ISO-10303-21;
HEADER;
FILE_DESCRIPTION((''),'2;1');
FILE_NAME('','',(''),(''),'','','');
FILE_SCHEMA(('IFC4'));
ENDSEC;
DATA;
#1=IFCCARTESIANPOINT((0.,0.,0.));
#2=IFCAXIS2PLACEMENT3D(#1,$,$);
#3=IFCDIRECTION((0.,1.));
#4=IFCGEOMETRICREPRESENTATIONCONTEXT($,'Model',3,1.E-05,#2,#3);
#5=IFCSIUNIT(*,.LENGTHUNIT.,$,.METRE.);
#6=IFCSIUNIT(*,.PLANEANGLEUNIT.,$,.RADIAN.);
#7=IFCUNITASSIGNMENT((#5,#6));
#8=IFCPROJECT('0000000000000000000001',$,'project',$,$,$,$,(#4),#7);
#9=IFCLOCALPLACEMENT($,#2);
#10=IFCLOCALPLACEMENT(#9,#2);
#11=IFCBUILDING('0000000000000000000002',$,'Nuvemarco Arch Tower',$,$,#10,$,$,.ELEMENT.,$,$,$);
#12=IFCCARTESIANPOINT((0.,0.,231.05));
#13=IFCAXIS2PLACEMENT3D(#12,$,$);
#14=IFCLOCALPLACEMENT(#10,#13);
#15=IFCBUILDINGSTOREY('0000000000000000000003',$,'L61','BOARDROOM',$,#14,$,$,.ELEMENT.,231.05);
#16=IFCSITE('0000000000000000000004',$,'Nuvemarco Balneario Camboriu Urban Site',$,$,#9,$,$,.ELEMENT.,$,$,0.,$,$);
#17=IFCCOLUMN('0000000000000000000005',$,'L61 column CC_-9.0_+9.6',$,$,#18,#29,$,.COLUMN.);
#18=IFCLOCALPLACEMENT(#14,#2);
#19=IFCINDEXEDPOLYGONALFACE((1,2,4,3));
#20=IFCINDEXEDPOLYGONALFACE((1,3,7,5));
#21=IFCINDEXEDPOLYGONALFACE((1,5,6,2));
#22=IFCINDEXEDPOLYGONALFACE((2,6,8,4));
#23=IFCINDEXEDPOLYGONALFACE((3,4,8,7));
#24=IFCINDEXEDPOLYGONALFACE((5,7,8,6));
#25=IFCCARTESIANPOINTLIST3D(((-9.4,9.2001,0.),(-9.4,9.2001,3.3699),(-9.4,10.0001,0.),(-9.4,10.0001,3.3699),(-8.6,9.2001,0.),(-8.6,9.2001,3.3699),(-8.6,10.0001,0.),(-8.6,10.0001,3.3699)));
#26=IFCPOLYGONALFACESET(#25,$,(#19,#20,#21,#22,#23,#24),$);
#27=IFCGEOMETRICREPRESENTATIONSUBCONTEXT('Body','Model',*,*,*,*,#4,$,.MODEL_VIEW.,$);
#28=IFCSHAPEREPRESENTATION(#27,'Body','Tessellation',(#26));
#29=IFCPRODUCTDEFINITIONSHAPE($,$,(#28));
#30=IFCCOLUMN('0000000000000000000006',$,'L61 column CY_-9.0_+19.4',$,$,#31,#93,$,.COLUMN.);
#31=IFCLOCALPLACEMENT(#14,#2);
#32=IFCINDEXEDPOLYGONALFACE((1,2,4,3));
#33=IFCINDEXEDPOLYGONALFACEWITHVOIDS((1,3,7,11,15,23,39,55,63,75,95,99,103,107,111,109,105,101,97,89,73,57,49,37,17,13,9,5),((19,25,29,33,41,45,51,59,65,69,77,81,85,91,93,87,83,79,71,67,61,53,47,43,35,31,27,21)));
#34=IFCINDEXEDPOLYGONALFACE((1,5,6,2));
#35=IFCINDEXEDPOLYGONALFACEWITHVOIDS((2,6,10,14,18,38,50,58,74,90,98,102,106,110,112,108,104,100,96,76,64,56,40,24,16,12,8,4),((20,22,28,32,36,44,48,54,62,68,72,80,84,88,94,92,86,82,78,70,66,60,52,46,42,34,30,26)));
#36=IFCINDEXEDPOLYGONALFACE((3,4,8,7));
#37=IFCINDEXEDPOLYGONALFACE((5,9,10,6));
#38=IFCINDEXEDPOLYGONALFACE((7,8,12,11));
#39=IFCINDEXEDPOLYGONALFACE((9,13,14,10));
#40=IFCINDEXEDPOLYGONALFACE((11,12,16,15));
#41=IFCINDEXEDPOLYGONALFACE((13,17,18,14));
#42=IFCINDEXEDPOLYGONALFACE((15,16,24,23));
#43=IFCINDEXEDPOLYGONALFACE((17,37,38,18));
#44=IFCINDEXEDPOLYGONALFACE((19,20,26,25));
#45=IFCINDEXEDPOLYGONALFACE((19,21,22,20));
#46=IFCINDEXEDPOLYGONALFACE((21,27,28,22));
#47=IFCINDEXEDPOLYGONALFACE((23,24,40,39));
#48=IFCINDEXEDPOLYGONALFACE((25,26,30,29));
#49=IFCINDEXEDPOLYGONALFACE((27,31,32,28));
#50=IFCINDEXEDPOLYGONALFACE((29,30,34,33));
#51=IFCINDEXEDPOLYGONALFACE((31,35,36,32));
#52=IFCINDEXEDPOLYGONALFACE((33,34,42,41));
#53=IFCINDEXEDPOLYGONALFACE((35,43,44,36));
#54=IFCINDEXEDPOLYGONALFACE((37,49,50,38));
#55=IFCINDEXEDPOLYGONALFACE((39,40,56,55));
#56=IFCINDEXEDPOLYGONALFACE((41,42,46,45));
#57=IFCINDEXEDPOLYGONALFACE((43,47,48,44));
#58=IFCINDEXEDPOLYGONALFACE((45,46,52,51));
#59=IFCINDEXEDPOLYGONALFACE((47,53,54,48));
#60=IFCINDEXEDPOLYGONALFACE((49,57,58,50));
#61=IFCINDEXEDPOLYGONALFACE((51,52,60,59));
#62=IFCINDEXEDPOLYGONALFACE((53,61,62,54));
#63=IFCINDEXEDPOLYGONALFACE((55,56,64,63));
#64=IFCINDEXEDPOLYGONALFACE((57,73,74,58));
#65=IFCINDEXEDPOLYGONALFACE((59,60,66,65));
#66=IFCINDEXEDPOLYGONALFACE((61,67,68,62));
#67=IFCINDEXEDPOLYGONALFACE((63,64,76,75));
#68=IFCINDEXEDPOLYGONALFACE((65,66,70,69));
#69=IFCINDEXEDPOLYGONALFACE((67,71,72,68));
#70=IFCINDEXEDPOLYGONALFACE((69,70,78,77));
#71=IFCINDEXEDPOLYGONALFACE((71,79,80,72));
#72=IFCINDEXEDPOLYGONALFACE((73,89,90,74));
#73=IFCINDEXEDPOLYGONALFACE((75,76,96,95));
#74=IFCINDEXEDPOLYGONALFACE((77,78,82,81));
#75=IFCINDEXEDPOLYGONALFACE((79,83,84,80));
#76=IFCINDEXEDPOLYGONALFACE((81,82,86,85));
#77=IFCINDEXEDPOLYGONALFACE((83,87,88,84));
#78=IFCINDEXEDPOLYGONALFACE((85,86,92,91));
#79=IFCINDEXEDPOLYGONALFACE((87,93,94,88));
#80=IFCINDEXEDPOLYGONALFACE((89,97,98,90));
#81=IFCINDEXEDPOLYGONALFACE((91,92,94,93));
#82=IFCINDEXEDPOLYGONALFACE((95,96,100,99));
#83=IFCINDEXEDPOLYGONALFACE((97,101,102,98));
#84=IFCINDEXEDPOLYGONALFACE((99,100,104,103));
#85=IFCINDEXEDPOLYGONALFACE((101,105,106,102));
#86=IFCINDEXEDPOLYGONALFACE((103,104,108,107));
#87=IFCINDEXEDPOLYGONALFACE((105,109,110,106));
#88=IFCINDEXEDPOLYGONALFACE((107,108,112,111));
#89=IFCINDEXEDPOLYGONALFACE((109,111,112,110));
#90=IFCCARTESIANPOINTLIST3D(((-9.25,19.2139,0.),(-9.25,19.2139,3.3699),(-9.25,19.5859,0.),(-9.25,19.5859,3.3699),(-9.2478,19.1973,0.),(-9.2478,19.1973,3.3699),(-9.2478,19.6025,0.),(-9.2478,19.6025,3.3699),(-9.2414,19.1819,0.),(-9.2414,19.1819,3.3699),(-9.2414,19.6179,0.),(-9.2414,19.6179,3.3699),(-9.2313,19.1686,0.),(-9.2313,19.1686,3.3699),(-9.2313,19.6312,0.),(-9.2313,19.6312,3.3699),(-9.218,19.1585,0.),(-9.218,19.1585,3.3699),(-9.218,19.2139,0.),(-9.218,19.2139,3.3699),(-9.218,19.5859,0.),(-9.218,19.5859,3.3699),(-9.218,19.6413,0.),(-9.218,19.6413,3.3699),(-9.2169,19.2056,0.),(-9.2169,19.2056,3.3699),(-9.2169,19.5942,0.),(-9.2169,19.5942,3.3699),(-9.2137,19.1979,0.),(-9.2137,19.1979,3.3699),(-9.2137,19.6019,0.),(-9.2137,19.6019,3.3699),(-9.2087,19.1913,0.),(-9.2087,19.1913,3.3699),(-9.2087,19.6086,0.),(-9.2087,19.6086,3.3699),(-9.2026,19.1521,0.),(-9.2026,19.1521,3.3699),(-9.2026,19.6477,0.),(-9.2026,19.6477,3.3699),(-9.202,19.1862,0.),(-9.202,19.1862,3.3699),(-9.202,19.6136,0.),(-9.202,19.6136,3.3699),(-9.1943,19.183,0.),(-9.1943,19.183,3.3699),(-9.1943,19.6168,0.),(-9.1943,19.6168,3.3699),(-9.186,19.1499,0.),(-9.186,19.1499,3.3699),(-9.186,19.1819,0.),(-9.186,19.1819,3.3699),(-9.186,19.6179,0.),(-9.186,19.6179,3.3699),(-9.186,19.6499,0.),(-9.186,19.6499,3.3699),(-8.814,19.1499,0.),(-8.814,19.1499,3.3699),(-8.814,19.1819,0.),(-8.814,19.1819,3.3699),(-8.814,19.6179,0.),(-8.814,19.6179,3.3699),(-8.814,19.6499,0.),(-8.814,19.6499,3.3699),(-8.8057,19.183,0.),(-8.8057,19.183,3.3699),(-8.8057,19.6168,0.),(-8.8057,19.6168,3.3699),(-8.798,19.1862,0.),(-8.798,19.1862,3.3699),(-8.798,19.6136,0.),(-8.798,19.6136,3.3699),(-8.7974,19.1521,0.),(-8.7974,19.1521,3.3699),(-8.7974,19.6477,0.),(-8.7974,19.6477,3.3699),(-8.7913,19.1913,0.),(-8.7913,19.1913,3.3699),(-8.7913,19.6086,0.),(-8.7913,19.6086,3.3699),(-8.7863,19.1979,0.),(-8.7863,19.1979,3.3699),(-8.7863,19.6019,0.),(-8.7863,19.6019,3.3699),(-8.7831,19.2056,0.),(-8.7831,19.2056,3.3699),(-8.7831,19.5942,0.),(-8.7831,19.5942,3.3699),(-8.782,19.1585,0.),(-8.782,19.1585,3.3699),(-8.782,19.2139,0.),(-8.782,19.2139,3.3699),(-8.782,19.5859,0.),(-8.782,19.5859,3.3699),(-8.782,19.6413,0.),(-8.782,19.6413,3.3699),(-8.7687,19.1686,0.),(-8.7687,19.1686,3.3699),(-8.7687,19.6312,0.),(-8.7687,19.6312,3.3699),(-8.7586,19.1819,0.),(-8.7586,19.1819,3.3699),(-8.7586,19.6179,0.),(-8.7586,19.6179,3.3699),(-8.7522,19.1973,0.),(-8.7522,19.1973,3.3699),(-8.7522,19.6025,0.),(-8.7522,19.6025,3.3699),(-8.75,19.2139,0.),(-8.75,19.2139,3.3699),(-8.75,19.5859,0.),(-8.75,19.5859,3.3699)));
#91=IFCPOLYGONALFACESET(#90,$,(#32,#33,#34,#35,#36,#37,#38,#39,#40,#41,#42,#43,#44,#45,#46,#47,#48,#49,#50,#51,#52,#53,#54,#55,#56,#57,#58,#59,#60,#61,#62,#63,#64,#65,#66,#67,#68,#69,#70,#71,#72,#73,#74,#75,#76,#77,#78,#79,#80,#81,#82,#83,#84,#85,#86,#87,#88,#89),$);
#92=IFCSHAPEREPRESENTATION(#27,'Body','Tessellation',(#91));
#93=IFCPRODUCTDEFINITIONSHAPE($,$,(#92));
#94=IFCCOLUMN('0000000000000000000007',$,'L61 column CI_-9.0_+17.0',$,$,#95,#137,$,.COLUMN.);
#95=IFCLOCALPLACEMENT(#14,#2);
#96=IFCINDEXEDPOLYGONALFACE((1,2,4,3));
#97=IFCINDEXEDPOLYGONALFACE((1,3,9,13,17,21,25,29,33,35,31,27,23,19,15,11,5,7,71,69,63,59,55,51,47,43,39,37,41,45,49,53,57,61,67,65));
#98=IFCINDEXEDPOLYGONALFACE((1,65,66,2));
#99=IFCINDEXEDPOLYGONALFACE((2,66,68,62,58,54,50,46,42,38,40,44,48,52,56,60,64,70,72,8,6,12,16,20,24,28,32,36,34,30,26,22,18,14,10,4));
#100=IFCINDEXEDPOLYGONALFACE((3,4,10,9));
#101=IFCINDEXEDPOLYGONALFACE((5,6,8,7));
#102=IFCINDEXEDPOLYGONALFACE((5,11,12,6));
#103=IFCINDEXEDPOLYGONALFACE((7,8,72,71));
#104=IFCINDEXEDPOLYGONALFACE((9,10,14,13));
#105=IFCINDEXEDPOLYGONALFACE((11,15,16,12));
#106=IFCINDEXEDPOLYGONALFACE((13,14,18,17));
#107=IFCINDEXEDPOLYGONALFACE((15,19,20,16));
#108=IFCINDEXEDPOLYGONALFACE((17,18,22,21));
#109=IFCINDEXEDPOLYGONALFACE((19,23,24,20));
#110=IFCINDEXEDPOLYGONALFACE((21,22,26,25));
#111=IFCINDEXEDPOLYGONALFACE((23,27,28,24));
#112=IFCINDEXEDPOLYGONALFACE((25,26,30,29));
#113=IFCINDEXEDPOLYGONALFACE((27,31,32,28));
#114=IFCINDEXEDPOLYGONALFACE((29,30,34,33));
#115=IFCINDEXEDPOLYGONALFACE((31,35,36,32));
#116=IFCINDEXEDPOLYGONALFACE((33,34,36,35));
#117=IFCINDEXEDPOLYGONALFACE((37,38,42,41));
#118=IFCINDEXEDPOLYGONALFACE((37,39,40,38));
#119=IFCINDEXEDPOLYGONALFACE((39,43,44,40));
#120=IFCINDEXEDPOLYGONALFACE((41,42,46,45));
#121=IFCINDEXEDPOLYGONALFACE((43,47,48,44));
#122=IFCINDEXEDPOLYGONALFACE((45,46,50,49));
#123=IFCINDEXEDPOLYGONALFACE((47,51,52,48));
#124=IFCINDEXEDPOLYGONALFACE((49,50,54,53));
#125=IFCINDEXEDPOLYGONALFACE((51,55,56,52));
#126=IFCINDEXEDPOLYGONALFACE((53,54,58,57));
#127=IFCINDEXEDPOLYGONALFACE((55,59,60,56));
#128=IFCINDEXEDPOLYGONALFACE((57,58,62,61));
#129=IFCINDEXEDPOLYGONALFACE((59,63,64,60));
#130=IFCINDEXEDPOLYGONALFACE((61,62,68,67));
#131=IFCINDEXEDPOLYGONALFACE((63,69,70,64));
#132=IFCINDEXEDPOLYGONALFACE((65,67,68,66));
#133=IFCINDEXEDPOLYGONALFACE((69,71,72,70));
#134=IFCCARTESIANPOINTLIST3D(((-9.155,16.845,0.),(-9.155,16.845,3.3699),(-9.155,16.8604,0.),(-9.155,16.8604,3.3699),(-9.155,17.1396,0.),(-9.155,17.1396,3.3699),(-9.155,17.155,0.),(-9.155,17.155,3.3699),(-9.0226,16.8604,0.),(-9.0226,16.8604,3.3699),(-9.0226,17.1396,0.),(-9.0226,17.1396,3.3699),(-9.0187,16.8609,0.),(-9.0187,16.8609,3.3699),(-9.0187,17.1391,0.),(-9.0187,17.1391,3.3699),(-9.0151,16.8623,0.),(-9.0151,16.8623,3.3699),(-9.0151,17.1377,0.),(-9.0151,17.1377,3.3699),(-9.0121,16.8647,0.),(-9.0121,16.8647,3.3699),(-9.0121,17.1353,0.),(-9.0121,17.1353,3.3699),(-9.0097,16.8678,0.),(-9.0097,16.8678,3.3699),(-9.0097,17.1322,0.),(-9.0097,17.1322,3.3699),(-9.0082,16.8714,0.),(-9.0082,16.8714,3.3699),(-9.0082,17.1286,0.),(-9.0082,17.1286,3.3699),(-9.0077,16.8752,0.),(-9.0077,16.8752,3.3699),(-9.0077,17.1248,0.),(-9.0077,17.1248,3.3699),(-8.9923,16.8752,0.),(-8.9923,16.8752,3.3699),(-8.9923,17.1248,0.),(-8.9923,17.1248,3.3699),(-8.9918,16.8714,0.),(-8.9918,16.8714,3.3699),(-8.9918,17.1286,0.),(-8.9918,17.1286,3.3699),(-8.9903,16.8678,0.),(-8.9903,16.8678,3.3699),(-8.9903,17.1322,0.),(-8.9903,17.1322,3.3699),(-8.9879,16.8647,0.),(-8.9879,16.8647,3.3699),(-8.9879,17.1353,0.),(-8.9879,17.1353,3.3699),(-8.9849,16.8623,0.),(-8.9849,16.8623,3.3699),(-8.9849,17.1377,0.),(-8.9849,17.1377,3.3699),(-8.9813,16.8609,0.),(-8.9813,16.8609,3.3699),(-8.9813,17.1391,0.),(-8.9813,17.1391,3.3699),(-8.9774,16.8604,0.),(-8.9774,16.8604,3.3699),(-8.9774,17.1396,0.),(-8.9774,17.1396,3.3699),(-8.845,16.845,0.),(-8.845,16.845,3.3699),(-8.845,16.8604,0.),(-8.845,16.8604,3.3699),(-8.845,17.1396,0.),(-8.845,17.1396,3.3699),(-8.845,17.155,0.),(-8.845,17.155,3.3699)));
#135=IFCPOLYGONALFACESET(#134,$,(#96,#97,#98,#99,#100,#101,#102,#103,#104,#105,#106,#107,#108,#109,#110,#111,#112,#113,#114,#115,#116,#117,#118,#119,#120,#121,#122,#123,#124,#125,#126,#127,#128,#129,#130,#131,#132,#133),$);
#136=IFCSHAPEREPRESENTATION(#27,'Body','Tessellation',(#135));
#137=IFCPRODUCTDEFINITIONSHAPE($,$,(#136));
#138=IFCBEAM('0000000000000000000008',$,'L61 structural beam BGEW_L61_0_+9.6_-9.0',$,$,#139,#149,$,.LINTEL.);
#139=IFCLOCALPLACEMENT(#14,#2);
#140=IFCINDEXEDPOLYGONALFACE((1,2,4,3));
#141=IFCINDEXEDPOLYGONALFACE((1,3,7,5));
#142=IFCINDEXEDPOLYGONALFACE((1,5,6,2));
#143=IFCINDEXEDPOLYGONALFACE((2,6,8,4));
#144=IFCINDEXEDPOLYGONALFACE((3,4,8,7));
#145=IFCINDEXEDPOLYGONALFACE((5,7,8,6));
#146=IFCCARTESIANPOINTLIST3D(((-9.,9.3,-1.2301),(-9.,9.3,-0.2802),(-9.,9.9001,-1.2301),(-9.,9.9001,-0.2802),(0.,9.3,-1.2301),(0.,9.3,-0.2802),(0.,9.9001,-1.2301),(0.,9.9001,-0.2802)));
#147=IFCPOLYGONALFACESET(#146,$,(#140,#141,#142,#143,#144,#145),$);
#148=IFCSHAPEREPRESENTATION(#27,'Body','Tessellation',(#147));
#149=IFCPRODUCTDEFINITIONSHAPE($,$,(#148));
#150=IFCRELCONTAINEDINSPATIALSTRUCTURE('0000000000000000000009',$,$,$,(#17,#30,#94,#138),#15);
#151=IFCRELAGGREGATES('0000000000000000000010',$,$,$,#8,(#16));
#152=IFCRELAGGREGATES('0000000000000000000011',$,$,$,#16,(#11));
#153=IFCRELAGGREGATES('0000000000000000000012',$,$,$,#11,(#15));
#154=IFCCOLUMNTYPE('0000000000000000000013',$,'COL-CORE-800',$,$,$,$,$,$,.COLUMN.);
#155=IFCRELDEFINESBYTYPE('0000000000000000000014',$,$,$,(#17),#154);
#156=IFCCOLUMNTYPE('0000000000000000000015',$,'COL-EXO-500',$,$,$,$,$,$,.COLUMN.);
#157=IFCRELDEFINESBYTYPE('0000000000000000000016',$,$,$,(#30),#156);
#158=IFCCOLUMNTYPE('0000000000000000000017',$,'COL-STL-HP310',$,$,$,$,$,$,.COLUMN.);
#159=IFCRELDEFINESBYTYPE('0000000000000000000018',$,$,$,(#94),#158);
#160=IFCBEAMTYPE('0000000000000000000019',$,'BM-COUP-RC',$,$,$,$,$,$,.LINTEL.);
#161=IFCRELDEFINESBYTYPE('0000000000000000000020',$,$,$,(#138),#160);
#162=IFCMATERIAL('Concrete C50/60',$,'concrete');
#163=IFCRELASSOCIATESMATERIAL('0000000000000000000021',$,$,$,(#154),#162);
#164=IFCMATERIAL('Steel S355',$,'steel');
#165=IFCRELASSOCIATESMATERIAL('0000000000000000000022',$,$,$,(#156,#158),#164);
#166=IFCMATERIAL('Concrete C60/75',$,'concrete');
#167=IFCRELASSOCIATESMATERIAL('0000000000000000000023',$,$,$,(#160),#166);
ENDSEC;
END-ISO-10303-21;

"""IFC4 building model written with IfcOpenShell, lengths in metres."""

from ifc_helpers import new_model, si_unit, direction, frame, origin, origin_2d, place, context, subcontext, project, spatial, rectangle, hollow_rectangle, i_section, extrude, material, material_profile, profile_set, type_object, element, save


model = new_model("IFC4")

# Units and contexts
model_context = context("Model", 3, precision=1e-05, world=origin(), true_north=direction((0.0, 1.0)))
body_context = subcontext(model_context, "Body", "Model", "MODEL_VIEW")
ifc_project = project(units=[si_unit("LENGTHUNIT", "METRE"), si_unit("PLANEANGLEUNIT", "RADIAN")], contexts=[model_context])

# Site, building, storey
site_placement = place(None, origin())
site = spatial("IfcSite", under=ifc_project, at=site_placement, Name="Nuvemarco Balneario Camboriu Urban Site", CompositionType="ELEMENT", RefElevation=0.0)
building_placement = place(site_placement, origin())
building = spatial("IfcBuilding", under=site, at=building_placement, Name="Nuvemarco Arch Tower", CompositionType="ELEMENT")
storey_placement = place(building_placement, frame((0.0, 0.0, 231.05)))
storey = spatial("IfcBuildingStorey", under=building, at=storey_placement, Name="L61", Description="BOARDROOM", CompositionType="ELEMENT", Elevation=231.05)

# Columns
ifc_material_1 = material(Name="Concrete C50/60", Category="concrete")
ifc_material_profile_1 = material_profile(ifc_material_1, rectangle(XDim=0.8, YDim=0.8, at=origin_2d()), Name="RC-COL-800x800")
ifc_profile_set_1 = profile_set([ifc_material_profile_1], Name="Concrete C50/60")
column_type_1 = type_object("IfcColumnType", Name="COL-CORE-800", PredefinedType="COLUMN", material=ifc_profile_set_1)
column_1_placement = place(storey_placement, frame((-9.0, 9.6001, 0.0), z_axis=(0.0, 0.0, 1.0), x_axis=(1.0, 0.0, 0.0)))
element("IfcColumn", 1, at=column_1_placement, inside=storey, type_object=column_type_1, Name="L61 column CC_-9.0_+9.6", PredefinedType="COLUMN", context=body_context, shape_type="SweptSolid", body=[
    extrude(rectangle(XDim=0.8, YDim=0.8, at=origin_2d()), origin(), (0.0, 0.0, 1.0), 3.3699),
])
ifc_material_2 = material(Name="Steel S355", Category="steel")
ifc_material_profile_2 = material_profile(ifc_material_2, hollow_rectangle(XDim=0.5, YDim=0.5, WallThickness=0.032, InnerFilletRadius=0.032, OuterFilletRadius=0.064, at=origin_2d()), Name="SHS500x500x32")
ifc_profile_set_2 = profile_set([ifc_material_profile_2], Name="Steel S355")
column_type_2 = type_object("IfcColumnType", Name="COL-EXO-500", PredefinedType="COLUMN", material=ifc_profile_set_2)
column_2_placement = place(storey_placement, frame((-9.0, 19.3999, 0.0), z_axis=(0.0, 0.0, 1.0), x_axis=(1.0, 0.0, 0.0)))
element("IfcColumn", 2, at=column_2_placement, inside=storey, type_object=column_type_2, Name="L61 column CY_-9.0_+19.4", PredefinedType="COLUMN", context=body_context, shape_type="SweptSolid", body=[
    extrude(hollow_rectangle(XDim=0.5, YDim=0.5, WallThickness=0.032, InnerFilletRadius=0.032, OuterFilletRadius=0.064, at=origin_2d()), origin(), (0.0, 0.0, 1.0), 3.3699),
])
ifc_material_profile_3 = material_profile(ifc_material_2, i_section(OverallWidth=0.3101, OverallDepth=0.3101, WebThickness=0.0154, FlangeThickness=0.0154, FilletRadius=0.0149, at=origin_2d()), Name="HP310x110")
ifc_profile_set_3 = profile_set([ifc_material_profile_3], Name="Steel S355")
column_type_3 = type_object("IfcColumnType", Name="COL-STL-HP310", PredefinedType="COLUMN", material=ifc_profile_set_3)
column_3_placement = place(storey_placement, frame((-9.0, 17.0, 0.0), z_axis=(0.0, 0.0, 1.0), x_axis=(1.0, 0.0, 0.0)))
element("IfcColumn", 3, at=column_3_placement, inside=storey, type_object=column_type_3, Name="L61 column CI_-9.0_+17.0", PredefinedType="COLUMN", context=body_context, shape_type="SweptSolid", body=[
    extrude(i_section(OverallWidth=0.3101, OverallDepth=0.3101, WebThickness=0.0154, FlangeThickness=0.0154, FilletRadius=0.0149, at=origin_2d()), origin(), (0.0, 0.0, 1.0), 3.3699),
])

# Beam
ifc_material_3 = material(Name="Concrete C60/75", Category="concrete")
ifc_material_profile_4 = material_profile(ifc_material_3, rectangle(XDim=0.6001, YDim=0.95, at=origin_2d()), Name="RC-BM-600x950")
ifc_profile_set_4 = profile_set([ifc_material_profile_4], Name="Concrete C60/75")
beam_type_1 = type_object("IfcBeamType", Name="BM-COUP-RC", PredefinedType="LINTEL", material=ifc_profile_set_4)
beam_1_placement = place(storey_placement, frame((-9.0, 9.6001, -0.7551), z_axis=(1.0, 0.0, 0.0), x_axis=(0.0, 1.0, 0.0)))
element("IfcBeam", 4, at=beam_1_placement, inside=storey, type_object=beam_type_1, Name="L61 structural beam BGEW_L61_0_+9.6_-9.0", PredefinedType="LINTEL", context=body_context, shape_type="SweptSolid", body=[
    extrude(rectangle(XDim=0.6001, YDim=0.95, at=origin_2d()), origin(), (0.0, 0.0, 1.0), 9.0),
])

save(model, "model.ifc")
